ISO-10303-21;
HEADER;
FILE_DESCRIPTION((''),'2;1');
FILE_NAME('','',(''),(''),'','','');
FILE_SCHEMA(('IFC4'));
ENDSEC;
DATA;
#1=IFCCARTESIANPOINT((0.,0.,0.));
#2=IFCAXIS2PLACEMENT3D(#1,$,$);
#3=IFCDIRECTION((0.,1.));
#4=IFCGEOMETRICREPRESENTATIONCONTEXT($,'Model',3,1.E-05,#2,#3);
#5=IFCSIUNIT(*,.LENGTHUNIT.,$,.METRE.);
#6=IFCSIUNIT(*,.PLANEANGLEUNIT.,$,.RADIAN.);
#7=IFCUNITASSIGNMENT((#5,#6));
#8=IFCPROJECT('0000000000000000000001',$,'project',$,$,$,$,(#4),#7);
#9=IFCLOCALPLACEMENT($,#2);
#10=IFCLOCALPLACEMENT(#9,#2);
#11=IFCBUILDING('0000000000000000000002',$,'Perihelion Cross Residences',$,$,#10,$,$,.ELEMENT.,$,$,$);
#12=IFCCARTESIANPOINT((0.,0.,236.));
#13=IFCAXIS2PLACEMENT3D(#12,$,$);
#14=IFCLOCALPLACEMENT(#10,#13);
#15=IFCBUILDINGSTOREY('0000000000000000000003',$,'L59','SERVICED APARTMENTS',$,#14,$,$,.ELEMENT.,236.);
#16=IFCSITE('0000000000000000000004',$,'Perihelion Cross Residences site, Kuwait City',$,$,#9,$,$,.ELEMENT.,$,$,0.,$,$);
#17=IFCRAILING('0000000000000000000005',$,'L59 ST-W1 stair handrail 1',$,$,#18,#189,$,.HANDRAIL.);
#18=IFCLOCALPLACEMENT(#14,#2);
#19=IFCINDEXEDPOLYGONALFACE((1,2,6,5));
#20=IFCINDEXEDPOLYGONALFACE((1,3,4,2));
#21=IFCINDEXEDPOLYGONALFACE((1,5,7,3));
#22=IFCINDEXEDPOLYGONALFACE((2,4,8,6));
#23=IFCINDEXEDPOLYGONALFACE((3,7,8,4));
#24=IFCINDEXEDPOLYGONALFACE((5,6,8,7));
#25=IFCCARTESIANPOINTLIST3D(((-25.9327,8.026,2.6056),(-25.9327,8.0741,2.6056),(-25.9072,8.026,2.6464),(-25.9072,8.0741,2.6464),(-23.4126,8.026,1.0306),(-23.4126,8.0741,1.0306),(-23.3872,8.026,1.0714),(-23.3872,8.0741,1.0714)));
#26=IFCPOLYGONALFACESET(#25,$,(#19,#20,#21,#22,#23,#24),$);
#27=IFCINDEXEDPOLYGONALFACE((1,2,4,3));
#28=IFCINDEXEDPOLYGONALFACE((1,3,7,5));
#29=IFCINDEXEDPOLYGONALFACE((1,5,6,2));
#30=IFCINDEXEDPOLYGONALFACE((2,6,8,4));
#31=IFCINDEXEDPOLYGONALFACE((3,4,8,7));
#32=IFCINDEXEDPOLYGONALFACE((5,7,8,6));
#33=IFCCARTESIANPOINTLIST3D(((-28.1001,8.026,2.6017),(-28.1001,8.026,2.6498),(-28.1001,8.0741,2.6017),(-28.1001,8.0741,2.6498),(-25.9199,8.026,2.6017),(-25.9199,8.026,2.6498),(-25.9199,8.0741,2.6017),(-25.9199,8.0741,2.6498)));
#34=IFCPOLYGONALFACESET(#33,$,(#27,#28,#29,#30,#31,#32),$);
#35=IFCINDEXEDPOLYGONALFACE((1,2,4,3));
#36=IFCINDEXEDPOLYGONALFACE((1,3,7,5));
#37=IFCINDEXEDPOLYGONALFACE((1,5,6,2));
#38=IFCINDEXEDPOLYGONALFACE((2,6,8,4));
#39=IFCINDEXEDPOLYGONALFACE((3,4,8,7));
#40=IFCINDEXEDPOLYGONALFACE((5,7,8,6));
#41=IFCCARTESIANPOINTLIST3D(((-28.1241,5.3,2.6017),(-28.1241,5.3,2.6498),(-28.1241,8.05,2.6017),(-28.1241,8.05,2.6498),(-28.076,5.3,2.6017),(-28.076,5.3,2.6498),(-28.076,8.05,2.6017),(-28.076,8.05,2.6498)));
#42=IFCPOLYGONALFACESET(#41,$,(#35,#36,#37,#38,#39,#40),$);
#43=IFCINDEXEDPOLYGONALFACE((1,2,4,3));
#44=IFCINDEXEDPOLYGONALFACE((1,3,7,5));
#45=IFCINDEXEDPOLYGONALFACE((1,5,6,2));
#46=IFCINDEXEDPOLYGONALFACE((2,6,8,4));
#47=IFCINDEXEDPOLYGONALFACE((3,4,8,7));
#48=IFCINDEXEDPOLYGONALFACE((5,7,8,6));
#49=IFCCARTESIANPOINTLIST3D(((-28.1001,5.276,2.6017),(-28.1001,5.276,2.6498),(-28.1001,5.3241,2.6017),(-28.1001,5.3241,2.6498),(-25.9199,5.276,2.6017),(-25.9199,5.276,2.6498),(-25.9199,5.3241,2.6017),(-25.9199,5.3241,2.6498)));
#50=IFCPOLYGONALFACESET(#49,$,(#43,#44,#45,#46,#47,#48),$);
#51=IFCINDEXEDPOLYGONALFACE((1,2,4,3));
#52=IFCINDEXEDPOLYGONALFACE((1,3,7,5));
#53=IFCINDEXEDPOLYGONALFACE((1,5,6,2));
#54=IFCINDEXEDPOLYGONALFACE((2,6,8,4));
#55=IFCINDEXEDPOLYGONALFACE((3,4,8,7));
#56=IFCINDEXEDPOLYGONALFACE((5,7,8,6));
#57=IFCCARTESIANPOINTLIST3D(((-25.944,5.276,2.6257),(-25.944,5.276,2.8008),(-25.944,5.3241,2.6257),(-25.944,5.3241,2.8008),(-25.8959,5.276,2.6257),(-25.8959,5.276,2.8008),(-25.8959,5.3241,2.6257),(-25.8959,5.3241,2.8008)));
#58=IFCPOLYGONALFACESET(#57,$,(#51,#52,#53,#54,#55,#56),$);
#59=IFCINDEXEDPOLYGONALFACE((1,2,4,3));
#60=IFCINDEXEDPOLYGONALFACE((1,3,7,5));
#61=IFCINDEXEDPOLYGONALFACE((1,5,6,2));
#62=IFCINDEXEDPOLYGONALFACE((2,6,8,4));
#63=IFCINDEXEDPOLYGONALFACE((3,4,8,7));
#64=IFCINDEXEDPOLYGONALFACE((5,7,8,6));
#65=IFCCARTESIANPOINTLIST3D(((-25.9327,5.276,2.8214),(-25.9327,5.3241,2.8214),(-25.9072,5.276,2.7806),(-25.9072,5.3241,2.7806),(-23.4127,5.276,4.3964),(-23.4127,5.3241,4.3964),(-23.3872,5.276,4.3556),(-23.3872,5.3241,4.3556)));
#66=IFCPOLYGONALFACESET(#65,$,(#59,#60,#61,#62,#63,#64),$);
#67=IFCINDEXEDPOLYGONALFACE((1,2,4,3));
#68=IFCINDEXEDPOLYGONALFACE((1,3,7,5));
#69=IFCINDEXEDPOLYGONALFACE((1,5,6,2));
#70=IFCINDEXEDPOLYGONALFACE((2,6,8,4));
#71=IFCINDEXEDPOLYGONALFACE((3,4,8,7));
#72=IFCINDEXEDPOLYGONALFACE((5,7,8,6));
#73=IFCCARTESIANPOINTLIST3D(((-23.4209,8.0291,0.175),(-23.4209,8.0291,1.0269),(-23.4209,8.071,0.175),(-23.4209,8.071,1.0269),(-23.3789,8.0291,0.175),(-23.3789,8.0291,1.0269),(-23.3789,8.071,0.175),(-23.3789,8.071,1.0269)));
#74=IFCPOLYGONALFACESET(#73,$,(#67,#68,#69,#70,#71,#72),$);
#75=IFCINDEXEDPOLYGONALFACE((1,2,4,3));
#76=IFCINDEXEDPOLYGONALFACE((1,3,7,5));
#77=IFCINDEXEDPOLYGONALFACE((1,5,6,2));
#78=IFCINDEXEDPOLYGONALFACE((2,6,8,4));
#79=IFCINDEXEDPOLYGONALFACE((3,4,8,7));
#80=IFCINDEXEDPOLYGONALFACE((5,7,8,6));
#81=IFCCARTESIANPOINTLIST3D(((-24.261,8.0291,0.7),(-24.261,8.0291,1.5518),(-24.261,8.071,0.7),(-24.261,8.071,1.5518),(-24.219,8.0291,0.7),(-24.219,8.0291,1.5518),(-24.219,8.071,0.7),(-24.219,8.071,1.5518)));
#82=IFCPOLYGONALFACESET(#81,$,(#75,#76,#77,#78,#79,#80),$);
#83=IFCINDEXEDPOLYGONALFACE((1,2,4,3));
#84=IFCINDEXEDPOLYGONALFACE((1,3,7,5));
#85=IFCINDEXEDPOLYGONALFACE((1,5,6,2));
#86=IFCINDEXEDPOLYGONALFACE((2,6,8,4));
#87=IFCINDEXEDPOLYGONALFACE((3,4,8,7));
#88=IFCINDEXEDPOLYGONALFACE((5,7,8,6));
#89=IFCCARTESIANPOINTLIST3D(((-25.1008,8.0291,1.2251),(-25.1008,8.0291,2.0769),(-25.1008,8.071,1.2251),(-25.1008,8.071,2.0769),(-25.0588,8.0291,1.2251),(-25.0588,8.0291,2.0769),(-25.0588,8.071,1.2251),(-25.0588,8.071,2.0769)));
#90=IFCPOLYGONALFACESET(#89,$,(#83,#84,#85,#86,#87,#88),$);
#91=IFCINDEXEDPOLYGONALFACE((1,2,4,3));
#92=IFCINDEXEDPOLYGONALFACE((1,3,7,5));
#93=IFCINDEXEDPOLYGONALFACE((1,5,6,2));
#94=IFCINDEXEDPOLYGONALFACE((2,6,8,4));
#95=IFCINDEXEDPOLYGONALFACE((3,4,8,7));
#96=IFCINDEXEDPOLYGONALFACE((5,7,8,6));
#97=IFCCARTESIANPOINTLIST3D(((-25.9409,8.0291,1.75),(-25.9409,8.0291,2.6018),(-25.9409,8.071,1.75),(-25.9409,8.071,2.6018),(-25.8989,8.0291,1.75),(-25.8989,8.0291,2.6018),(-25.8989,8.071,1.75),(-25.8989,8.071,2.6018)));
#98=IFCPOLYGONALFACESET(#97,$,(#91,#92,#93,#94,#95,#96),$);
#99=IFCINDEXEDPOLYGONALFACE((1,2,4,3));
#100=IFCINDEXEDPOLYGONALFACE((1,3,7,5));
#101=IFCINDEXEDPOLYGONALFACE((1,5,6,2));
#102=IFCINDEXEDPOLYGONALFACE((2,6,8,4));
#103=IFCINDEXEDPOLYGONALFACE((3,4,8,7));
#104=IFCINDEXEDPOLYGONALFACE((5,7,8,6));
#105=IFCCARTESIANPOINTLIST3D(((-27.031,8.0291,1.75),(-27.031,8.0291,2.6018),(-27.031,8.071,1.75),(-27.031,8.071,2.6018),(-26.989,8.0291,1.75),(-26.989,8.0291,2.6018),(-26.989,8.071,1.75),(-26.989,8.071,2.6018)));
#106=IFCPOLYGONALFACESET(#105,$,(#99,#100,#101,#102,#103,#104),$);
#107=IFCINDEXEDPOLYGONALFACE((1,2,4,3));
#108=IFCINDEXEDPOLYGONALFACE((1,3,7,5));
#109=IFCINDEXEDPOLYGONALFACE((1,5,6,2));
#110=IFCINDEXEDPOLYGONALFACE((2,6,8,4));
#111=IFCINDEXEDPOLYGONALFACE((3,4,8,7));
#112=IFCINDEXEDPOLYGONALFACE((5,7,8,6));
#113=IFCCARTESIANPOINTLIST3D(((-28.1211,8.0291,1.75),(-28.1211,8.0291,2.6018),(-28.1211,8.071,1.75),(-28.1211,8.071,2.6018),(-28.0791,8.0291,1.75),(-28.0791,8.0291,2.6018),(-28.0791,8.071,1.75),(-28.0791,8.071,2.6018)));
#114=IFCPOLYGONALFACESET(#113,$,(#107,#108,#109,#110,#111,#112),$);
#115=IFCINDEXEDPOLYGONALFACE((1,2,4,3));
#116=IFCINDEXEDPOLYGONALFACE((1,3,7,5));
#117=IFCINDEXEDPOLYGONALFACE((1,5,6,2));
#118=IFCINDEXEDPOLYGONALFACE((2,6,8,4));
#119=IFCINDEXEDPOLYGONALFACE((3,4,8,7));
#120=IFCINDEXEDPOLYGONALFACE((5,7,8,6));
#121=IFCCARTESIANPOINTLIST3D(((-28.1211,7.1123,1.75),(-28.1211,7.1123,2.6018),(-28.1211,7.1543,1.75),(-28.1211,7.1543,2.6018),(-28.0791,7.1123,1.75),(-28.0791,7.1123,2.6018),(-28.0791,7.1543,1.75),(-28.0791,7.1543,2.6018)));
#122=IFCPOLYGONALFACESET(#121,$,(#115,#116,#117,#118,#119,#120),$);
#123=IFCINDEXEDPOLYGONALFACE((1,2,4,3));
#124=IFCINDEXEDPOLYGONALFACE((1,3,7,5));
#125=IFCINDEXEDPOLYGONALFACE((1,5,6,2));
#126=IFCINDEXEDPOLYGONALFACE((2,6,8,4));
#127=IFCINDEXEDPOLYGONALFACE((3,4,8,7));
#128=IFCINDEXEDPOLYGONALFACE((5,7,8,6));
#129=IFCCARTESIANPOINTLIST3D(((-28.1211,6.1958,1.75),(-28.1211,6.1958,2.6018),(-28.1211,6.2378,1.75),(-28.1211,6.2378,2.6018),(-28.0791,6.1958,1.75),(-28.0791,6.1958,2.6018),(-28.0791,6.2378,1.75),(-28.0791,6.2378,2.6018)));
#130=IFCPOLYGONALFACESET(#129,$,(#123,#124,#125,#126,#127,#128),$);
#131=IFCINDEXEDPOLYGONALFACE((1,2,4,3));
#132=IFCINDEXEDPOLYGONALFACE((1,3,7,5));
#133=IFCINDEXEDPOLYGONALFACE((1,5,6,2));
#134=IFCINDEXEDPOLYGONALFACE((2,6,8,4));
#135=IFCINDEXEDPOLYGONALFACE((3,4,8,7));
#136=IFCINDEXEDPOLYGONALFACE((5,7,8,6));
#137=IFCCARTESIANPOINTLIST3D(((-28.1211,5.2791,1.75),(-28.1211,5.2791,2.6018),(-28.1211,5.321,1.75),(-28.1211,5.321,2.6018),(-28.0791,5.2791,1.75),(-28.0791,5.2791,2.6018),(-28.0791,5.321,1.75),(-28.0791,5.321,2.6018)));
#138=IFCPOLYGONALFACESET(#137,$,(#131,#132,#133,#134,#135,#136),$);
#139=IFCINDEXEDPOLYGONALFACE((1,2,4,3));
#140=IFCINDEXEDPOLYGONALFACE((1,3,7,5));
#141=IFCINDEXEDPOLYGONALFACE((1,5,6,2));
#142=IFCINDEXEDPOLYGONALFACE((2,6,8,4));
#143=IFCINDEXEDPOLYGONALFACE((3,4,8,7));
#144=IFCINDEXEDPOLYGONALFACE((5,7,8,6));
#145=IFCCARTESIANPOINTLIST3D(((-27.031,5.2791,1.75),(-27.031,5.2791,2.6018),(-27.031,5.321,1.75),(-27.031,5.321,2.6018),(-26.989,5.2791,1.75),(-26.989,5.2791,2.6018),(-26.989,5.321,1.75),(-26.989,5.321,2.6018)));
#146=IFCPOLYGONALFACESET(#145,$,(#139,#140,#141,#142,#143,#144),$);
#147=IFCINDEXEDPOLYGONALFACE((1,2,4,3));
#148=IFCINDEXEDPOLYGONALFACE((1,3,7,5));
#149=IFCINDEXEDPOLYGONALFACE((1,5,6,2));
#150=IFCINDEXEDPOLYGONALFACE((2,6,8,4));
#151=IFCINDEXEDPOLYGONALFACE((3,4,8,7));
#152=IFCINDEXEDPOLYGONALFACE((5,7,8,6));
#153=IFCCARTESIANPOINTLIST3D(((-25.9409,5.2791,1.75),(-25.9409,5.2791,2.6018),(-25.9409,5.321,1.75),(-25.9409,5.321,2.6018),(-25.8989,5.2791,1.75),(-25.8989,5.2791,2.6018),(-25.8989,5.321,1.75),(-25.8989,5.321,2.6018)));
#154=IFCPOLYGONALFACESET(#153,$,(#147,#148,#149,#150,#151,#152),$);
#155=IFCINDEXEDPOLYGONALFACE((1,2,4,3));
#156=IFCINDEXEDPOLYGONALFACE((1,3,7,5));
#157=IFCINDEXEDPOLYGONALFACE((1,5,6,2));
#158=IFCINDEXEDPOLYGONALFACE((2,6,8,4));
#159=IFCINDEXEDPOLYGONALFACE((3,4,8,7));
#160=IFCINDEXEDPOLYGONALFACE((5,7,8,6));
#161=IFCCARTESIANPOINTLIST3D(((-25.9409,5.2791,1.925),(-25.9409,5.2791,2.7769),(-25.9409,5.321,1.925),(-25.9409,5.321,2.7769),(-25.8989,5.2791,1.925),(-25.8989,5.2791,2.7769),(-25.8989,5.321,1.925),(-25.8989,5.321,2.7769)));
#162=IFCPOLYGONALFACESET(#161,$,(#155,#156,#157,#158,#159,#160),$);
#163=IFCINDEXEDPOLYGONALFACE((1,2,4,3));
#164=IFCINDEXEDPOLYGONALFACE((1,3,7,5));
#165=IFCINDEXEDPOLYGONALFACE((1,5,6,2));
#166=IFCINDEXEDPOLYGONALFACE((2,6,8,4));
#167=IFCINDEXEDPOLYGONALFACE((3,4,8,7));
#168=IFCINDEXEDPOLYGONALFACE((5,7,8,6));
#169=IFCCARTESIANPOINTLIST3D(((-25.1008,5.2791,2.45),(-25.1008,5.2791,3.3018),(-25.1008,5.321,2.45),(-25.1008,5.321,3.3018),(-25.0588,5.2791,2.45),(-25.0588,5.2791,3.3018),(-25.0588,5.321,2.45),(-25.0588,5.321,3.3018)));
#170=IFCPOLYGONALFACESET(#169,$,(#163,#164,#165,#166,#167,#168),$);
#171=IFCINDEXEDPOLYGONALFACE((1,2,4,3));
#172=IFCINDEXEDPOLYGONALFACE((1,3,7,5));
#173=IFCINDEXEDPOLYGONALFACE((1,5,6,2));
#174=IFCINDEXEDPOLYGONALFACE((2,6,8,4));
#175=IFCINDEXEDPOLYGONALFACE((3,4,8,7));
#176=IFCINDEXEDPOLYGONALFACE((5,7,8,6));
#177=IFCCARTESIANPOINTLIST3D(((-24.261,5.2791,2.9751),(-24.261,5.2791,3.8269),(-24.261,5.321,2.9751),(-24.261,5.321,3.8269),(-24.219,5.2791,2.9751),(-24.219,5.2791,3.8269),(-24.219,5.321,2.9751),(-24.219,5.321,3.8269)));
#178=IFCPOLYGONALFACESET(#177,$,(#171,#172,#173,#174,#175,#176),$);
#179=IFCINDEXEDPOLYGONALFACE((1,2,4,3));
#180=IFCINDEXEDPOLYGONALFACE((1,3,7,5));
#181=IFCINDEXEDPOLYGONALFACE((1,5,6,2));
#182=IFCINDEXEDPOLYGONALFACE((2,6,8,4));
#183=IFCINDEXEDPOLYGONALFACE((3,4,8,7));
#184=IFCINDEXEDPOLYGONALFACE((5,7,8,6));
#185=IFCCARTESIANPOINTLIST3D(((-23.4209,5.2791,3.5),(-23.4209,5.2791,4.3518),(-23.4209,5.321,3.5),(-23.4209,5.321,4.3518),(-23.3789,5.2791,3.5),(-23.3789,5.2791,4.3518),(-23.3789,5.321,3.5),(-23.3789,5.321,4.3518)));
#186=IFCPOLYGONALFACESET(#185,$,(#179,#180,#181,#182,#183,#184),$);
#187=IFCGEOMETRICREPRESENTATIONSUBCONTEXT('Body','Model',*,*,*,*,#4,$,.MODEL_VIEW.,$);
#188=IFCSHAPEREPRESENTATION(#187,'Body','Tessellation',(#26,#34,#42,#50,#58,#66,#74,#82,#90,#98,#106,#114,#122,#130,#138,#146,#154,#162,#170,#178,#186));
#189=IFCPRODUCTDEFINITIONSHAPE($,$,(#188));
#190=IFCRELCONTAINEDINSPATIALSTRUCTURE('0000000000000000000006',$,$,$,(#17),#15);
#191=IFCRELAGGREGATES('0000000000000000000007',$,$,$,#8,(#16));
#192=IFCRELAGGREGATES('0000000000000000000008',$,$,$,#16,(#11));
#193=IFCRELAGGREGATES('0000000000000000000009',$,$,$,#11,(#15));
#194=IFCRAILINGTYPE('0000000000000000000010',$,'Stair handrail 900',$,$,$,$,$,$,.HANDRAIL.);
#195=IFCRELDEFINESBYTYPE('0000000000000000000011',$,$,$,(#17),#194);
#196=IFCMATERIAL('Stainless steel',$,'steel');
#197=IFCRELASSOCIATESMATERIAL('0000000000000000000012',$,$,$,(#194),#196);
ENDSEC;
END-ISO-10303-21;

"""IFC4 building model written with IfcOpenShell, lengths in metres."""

from ifc_helpers import new_model, si_unit, direction, frame, origin, origin_2d, place, context, subcontext, project, spatial, rectangle, extrude, material, type_object, element, save


model = new_model("IFC4")

# Units and contexts
model_context = context("Model", 3, precision=1e-05, world=origin(), true_north=direction((0.0, 1.0)))
body_context = subcontext(model_context, "Body", "Model", "MODEL_VIEW")
ifc_project = project(units=[si_unit("LENGTHUNIT", "METRE"), si_unit("PLANEANGLEUNIT", "RADIAN")], contexts=[model_context])

# Site, building, storey
site_placement = place(None, origin())
site = spatial("IfcSite", under=ifc_project, at=site_placement, Name="Perihelion Cross Residences site, Kuwait City", CompositionType="ELEMENT", RefElevation=0.0)
building_placement = place(site_placement, origin())
building = spatial("IfcBuilding", under=site, at=building_placement, Name="Perihelion Cross Residences", CompositionType="ELEMENT")
storey_placement = place(building_placement, frame((0.0, 0.0, 236.0)))
storey = spatial("IfcBuildingStorey", under=building, at=storey_placement, Name="L59", Description="SERVICED APARTMENTS", CompositionType="ELEMENT", Elevation=236.0)

# Railing
ifc_material_1 = material(Name="Stainless steel", Category="steel")
railing_type_1 = type_object("IfcRailingType", Name="Stair handrail 900", PredefinedType="HANDRAIL", material=ifc_material_1)
railing_1_placement = place(storey_placement, frame((-23.3999, 8.05, 0.175)))
element("IfcRailing", 1, at=railing_1_placement, inside=storey, type_object=railing_type_1, Name="L59 ST-W1 stair handrail 1", PredefinedType="HANDRAIL", context=body_context, shape_type="SweptSolid", body=[
    extrude(rectangle(XDim=0.0481, YDim=0.0481, at=origin_2d()), frame((0.0, 0.0, 0.876), z_axis=(-0.848008, 0.0, 0.529984), x_axis=(0.0, -1.0, 0.0)), (0.0, 0.0, 1.0), 2.9717),
    extrude(rectangle(XDim=0.0481, YDim=0.0481, at=origin_2d()), frame((-2.52, 0.0, 2.4507), z_axis=(-1.0, 0.0, 0.0), x_axis=(0.0, -1.0, 0.0)), (0.0, 0.0, 1.0), 2.1802),
    extrude(rectangle(XDim=0.0481, YDim=0.0481, at=origin_2d()), frame((-4.7002, 0.0, 2.4507), z_axis=(0.0, -1.0, 0.0), x_axis=(1.0, 0.0, 0.0)), (0.0, 0.0, 1.0), 2.75),
    extrude(rectangle(XDim=0.0481, YDim=0.0481, at=origin_2d()), frame((-4.7002, -2.75, 2.4507), z_axis=(1.0, 0.0, 0.0), x_axis=(0.0, 1.0, 0.0)), (0.0, 0.0, 1.0), 2.1802),
    extrude(rectangle(XDim=0.0481, YDim=0.0481, at=origin_2d()), frame((-2.52, -2.75, 2.4507), z_axis=(0.0, 0.0, 1.0), x_axis=(1.0, 0.0, 0.0)), (0.0, 0.0, 1.0), 0.175),
    extrude(rectangle(XDim=0.0481, YDim=0.0481, at=origin_2d()), frame((-2.52, -2.75, 2.626), z_axis=(0.848008, 0.0, 0.529984), x_axis=(0.0, 1.0, 0.0)), (0.0, 0.0, 1.0), 2.9717),
    extrude(rectangle(XDim=0.042, YDim=0.042, at=origin_2d()), origin(), (0.0, 0.0, 1.0), 0.8518),
    extrude(rectangle(XDim=0.042, YDim=0.042, at=origin_2d()), frame((-0.8401, 0.0, 0.5249)), (0.0, 0.0, 1.0), 0.8518),
    extrude(rectangle(XDim=0.042, YDim=0.042, at=origin_2d()), frame((-1.6799, 0.0, 1.05)), (0.0, 0.0, 1.0), 0.8518),
    extrude(rectangle(XDim=0.042, YDim=0.042, at=origin_2d()), frame((-2.52, 0.0, 1.575)), (0.0, 0.0, 1.0), 0.8518),
    extrude(rectangle(XDim=0.042, YDim=0.042, at=origin_2d()), frame((-3.6101, 0.0, 1.575)), (0.0, 0.0, 1.0), 0.8518),
    extrude(rectangle(XDim=0.042, YDim=0.042, at=origin_2d()), frame((-4.7002, 0.0, 1.575)), (0.0, 0.0, 1.0), 0.8518),
    extrude(rectangle(XDim=0.042, YDim=0.042, at=origin_2d()), frame((-4.7002, -0.9167, 1.575)), (0.0, 0.0, 1.0), 0.8518),
    extrude(rectangle(XDim=0.042, YDim=0.042, at=origin_2d()), frame((-4.7002, -1.8333, 1.575)), (0.0, 0.0, 1.0), 0.8518),
    extrude(rectangle(XDim=0.042, YDim=0.042, at=origin_2d()), frame((-4.7002, -2.75, 1.575)), (0.0, 0.0, 1.0), 0.8518),
    extrude(rectangle(XDim=0.042, YDim=0.042, at=origin_2d()), frame((-3.6101, -2.75, 1.575)), (0.0, 0.0, 1.0), 0.8518),
    extrude(rectangle(XDim=0.042, YDim=0.042, at=origin_2d()), frame((-2.52, -2.75, 1.575)), (0.0, 0.0, 1.0), 0.8518),
    extrude(rectangle(XDim=0.042, YDim=0.042, at=origin_2d()), frame((-2.52, -2.75, 1.75)), (0.0, 0.0, 1.0), 0.8518),
    extrude(rectangle(XDim=0.042, YDim=0.042, at=origin_2d()), frame((-1.6799, -2.75, 2.2749)), (0.0, 0.0, 1.0), 0.8518),
    extrude(rectangle(XDim=0.042, YDim=0.042, at=origin_2d()), frame((-0.8401, -2.75, 2.8)), (0.0, 0.0, 1.0), 0.8518),
    extrude(rectangle(XDim=0.042, YDim=0.042, at=origin_2d()), frame((0.0, -2.75, 3.325)), (0.0, 0.0, 1.0), 0.8518),
])

save(model, "model.ifc")
